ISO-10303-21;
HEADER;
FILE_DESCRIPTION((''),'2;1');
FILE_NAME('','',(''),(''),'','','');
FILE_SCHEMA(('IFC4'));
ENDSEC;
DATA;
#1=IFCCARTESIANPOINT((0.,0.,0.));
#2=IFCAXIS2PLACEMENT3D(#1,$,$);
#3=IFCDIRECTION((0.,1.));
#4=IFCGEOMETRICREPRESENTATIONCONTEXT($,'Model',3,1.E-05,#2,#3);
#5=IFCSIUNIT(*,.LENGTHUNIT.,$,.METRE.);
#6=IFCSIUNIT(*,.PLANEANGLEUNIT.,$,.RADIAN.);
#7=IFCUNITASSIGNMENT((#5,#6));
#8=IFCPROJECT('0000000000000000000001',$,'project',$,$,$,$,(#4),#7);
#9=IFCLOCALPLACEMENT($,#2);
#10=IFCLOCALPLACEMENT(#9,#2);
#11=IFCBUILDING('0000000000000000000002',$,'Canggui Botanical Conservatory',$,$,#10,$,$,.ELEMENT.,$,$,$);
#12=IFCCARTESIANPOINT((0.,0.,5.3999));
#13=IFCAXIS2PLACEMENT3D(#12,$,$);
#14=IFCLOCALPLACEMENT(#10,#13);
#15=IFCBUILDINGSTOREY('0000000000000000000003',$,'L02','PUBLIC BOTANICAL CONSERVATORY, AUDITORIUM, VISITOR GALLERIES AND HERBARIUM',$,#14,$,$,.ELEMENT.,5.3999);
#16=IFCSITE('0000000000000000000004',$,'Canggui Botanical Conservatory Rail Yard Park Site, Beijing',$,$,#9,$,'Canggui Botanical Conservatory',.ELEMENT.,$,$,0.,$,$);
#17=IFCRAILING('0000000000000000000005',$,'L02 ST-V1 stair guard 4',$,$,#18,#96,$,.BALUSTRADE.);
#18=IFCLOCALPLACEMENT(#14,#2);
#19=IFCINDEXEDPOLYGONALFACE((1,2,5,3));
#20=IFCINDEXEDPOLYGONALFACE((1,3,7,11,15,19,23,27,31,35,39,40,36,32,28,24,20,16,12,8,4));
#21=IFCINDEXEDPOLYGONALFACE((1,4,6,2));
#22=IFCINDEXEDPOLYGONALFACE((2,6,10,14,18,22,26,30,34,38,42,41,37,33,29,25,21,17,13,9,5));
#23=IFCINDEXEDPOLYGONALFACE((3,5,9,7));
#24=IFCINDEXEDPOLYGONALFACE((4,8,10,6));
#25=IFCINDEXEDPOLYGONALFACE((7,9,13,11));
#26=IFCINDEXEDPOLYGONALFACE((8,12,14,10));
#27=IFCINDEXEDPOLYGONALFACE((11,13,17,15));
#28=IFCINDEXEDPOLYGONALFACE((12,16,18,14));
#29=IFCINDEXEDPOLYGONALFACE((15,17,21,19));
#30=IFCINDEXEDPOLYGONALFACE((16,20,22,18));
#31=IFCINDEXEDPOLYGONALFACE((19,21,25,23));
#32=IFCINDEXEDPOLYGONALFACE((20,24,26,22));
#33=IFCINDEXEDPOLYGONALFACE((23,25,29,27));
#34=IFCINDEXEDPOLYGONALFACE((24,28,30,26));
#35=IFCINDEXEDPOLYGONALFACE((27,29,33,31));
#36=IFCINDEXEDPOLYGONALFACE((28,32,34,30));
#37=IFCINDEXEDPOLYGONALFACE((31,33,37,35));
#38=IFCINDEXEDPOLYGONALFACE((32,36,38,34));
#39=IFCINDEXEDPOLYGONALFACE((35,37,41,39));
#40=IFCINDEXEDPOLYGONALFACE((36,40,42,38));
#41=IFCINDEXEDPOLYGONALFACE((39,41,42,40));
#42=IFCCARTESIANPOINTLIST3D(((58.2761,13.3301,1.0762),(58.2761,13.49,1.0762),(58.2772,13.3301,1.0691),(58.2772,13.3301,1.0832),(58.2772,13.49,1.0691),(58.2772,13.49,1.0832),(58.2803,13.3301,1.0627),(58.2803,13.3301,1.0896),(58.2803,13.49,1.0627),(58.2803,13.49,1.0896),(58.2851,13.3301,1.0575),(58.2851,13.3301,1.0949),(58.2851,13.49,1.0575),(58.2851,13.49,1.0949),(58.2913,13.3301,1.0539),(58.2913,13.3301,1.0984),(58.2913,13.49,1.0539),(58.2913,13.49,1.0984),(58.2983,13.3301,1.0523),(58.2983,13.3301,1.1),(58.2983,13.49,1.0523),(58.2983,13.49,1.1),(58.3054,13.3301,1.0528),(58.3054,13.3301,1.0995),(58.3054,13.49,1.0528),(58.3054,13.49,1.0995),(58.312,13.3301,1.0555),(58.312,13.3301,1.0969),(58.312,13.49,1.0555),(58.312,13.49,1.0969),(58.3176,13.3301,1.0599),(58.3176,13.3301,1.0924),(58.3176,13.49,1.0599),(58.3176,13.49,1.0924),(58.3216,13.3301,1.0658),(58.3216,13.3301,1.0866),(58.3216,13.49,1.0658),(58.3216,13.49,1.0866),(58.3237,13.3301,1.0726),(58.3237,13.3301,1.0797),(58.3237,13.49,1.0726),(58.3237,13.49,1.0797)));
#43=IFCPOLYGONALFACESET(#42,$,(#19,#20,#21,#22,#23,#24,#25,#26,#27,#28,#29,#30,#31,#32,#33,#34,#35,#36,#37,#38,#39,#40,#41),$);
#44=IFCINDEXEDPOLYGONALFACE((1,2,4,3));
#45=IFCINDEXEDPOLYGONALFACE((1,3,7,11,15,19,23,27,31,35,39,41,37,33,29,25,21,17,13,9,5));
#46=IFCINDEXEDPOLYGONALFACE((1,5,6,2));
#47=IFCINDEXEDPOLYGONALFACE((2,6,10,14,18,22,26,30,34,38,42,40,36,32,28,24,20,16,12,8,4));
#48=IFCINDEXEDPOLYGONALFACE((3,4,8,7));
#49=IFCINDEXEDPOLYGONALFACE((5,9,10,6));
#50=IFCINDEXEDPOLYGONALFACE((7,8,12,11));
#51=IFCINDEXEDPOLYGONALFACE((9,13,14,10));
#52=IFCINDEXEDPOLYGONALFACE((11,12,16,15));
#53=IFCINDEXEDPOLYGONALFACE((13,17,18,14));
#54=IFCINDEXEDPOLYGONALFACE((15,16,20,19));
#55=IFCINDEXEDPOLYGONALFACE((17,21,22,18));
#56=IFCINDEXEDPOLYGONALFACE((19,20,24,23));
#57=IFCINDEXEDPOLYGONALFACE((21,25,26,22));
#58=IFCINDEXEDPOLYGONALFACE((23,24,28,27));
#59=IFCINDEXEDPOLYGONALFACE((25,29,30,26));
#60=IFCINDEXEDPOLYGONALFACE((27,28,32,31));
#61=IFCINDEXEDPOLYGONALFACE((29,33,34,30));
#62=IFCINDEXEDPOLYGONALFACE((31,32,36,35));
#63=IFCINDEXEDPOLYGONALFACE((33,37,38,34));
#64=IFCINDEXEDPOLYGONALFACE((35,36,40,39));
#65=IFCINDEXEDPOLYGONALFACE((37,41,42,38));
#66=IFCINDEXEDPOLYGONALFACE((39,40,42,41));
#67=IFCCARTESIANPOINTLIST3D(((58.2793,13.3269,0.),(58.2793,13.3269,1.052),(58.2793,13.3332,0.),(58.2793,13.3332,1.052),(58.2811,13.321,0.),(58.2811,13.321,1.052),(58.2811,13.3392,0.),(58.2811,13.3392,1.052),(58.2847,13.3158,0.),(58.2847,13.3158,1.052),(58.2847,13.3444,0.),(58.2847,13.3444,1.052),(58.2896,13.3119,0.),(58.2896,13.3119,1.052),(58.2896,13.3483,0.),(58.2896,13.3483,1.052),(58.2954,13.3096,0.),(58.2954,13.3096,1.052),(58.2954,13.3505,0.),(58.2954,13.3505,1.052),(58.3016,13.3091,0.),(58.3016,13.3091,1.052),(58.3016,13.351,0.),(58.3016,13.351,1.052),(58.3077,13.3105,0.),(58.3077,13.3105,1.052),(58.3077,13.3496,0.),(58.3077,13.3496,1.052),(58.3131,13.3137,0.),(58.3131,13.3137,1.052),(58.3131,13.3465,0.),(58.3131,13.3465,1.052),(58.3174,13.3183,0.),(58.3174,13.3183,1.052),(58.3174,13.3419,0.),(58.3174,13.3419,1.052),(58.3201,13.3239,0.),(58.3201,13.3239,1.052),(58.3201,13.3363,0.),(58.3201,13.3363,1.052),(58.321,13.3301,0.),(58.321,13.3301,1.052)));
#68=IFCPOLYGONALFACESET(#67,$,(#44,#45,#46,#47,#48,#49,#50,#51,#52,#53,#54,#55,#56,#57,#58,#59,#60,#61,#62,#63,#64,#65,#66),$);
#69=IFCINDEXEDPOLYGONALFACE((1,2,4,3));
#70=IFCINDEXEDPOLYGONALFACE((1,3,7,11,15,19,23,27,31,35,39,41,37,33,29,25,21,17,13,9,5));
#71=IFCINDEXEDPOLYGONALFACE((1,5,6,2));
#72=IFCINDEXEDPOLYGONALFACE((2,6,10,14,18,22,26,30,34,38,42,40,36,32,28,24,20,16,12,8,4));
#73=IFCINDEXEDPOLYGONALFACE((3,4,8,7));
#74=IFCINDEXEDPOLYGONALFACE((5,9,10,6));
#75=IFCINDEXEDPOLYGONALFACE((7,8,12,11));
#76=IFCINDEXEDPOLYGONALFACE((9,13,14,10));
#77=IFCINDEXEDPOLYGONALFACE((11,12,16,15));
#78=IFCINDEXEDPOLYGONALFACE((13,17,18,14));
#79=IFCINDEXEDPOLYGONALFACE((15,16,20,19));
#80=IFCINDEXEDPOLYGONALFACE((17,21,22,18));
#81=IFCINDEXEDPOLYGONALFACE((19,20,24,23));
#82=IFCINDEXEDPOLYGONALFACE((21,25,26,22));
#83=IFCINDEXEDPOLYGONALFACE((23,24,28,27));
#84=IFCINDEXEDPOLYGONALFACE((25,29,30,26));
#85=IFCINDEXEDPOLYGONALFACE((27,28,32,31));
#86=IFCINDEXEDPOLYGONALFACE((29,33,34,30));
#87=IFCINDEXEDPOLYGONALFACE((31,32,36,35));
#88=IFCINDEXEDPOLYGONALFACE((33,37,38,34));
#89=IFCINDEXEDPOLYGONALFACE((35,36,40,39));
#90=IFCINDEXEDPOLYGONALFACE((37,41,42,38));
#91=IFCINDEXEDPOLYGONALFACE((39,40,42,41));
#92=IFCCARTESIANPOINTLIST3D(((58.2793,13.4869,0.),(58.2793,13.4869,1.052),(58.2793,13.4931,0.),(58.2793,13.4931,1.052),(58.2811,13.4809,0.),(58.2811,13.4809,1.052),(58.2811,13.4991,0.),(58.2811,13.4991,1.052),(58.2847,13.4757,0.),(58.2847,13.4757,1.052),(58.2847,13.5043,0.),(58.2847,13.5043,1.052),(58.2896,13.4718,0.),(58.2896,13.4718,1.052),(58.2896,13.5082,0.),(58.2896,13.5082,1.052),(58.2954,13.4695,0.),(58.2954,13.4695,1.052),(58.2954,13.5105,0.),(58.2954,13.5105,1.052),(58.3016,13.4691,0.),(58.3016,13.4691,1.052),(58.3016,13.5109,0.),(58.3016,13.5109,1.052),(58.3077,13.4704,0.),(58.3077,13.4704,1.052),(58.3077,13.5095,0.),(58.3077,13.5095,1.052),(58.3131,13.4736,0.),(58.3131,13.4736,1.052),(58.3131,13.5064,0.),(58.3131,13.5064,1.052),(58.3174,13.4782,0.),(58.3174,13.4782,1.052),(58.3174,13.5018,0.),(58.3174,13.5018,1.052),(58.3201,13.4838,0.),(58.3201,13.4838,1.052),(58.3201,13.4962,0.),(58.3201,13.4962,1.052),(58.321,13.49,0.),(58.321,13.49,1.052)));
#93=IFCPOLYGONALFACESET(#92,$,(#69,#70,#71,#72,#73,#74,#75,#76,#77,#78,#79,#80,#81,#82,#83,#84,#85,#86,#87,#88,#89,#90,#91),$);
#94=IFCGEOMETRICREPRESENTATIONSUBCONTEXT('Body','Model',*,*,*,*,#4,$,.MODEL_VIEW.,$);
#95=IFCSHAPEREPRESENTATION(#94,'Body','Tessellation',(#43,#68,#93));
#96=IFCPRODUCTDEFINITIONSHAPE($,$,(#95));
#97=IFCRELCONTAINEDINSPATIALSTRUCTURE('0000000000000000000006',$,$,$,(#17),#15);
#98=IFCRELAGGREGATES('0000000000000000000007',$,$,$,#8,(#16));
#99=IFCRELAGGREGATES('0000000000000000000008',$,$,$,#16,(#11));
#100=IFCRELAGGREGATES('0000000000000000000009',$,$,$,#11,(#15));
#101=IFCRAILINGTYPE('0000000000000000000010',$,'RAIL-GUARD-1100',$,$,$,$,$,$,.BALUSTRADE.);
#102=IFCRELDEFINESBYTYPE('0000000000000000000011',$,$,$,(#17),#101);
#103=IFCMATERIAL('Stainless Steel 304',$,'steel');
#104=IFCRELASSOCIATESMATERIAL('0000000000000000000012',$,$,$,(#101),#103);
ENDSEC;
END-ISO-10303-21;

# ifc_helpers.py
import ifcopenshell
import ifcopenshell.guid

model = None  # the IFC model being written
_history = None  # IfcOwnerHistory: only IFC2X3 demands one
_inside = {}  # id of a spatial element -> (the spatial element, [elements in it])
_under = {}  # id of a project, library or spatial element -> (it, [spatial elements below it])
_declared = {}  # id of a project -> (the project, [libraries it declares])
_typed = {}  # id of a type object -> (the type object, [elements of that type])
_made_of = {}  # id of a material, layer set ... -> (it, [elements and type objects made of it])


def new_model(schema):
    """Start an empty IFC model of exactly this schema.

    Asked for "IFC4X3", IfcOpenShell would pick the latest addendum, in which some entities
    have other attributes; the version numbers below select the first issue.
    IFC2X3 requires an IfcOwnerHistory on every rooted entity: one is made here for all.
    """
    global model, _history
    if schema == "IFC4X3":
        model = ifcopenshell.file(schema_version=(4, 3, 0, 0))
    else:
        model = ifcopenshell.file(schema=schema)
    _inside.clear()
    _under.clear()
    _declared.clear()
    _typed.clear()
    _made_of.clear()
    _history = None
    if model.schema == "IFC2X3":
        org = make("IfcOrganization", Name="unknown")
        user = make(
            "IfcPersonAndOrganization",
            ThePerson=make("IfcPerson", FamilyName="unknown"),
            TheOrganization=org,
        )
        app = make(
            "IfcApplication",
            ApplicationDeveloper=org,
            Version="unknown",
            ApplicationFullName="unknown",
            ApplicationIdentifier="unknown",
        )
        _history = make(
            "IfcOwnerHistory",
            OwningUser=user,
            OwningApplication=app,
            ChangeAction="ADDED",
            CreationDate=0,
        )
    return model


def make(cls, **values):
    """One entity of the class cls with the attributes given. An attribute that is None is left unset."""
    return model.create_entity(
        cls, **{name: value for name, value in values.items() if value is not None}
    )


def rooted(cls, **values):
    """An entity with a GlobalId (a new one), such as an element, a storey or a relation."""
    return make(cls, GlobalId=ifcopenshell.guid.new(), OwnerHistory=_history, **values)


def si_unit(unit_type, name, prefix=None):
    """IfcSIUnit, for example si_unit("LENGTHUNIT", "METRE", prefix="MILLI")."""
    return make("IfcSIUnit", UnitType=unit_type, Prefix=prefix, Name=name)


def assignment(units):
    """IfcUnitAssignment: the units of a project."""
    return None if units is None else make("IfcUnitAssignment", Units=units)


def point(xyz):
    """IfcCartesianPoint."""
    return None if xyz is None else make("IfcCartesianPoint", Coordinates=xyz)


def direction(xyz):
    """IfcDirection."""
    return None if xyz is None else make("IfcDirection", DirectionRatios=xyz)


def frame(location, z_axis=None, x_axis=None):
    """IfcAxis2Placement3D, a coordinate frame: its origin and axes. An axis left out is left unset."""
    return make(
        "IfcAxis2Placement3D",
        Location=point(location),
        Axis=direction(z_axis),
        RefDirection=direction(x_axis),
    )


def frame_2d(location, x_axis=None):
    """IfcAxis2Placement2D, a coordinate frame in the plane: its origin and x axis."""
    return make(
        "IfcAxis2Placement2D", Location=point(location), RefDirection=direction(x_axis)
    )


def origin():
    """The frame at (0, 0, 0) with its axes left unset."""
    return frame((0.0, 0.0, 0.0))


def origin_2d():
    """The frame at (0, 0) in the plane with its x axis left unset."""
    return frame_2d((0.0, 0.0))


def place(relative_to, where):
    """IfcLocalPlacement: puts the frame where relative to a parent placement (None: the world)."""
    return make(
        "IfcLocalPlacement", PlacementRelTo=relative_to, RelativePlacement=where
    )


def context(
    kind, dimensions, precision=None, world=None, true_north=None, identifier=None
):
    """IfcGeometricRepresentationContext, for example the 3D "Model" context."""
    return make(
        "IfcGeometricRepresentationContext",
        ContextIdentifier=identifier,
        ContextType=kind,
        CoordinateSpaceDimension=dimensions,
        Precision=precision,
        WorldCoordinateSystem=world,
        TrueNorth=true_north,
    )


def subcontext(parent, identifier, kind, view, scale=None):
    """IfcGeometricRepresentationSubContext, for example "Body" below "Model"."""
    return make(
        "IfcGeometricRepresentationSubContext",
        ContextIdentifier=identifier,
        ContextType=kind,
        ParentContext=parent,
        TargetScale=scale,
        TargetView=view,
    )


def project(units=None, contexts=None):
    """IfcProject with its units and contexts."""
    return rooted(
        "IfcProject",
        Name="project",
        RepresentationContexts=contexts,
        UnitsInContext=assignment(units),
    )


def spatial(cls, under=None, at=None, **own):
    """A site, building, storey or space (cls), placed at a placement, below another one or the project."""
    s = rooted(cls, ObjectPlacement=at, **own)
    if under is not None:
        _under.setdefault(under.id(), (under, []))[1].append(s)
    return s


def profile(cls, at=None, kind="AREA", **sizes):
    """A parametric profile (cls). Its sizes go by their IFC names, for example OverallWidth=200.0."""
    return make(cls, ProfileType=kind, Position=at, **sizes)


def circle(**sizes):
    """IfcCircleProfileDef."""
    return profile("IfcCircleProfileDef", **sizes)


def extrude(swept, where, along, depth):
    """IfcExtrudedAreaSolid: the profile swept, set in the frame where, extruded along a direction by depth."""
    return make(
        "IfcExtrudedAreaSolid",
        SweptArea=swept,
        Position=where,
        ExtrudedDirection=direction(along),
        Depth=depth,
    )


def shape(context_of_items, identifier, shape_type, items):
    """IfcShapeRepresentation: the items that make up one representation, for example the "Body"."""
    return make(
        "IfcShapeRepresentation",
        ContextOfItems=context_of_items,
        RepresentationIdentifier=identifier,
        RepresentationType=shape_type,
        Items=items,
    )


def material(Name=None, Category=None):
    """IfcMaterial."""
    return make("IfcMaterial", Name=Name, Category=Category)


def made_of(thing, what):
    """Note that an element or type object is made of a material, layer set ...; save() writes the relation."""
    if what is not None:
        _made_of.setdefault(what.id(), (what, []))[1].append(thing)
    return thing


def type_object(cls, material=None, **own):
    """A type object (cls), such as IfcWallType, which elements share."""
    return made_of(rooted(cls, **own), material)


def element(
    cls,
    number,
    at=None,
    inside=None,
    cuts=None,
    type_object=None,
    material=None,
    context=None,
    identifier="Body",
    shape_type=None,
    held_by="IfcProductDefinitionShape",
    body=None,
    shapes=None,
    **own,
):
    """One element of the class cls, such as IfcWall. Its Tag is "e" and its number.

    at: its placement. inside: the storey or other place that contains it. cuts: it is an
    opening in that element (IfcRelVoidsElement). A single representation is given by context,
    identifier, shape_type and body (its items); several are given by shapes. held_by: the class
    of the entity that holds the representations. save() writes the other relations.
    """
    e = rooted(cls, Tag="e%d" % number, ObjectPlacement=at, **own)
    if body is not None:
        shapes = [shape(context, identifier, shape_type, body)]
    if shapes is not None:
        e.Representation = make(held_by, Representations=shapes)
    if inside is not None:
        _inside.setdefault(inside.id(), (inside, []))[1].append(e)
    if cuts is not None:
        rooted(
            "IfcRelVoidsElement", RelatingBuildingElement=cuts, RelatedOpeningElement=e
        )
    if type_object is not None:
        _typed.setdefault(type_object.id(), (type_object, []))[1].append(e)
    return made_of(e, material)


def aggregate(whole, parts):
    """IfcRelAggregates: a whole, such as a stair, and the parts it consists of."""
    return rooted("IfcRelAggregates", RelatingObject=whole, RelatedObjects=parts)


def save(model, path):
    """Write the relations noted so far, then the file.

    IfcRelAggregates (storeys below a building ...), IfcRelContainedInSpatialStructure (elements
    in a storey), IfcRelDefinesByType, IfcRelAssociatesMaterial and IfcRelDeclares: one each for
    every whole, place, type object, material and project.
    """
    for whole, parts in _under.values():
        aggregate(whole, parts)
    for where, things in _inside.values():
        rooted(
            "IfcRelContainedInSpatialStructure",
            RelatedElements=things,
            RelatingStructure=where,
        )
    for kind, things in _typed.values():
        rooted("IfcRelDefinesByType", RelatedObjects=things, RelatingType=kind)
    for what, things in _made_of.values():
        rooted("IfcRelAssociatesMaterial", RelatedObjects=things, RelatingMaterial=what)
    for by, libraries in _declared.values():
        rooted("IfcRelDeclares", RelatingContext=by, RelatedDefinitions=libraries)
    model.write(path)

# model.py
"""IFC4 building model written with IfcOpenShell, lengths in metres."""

from ifc_helpers import new_model, si_unit, direction, frame, origin, origin_2d, place, context, subcontext, project, spatial, circle, extrude, material, type_object, element, save


model = new_model("IFC4")

# Units and contexts
model_context = context("Model", 3, precision=1e-05, world=origin(), true_north=direction((0.0, 1.0)))
body_context = subcontext(model_context, "Body", "Model", "MODEL_VIEW")
ifc_project = project(units=[si_unit("LENGTHUNIT", "METRE"), si_unit("PLANEANGLEUNIT", "RADIAN")], contexts=[model_context])

# Site, building, storey
site_placement = place(None, origin())
site = spatial("IfcSite", under=ifc_project, at=site_placement, Name="Canggui Botanical Conservatory Rail Yard Park Site, Beijing", LongName="Canggui Botanical Conservatory", CompositionType="ELEMENT", RefElevation=0.0)
building_placement = place(site_placement, origin())
building = spatial("IfcBuilding", under=site, at=building_placement, Name="Canggui Botanical Conservatory", CompositionType="ELEMENT")
storey_placement = place(building_placement, frame((0.0, 0.0, 5.3999)))
storey = spatial("IfcBuildingStorey", under=building, at=storey_placement, Name="L02", Description="PUBLIC BOTANICAL CONSERVATORY, AUDITORIUM, VISITOR GALLERIES AND HERBARIUM", CompositionType="ELEMENT", Elevation=5.3999)

# Railing
ifc_material_1 = material(Name="Stainless Steel 304", Category="steel")
railing_type_1 = type_object("IfcRailingType", Name="RAIL-GUARD-1100", PredefinedType="BALUSTRADE", material=ifc_material_1)
railing_1_placement = place(storey_placement, frame((58.3, 13.3301, 0.0)))
element("IfcRailing", 1, at=railing_1_placement, inside=storey, type_object=railing_type_1, Name="L02 ST-V1 stair guard 4", PredefinedType="BALUSTRADE", context=body_context, shape_type="SweptSolid", body=[
    extrude(circle(Radius=0.0239, at=origin_2d()), frame((0.0, 0.0, 1.0762), z_axis=(0.0, 1.0, 0.0), x_axis=(-1.0, 0.0, 0.0)), (0.0, 0.0, 1.0), 0.1599),
    extrude(circle(Radius=0.021, at=origin_2d()), origin(), (0.0, 0.0, 1.0), 1.052),
    extrude(circle(Radius=0.021, at=origin_2d()), frame((0.0, 0.1599, 0.0)), (0.0, 0.0, 1.0), 1.052),
])

save(model, "model.ifc")
